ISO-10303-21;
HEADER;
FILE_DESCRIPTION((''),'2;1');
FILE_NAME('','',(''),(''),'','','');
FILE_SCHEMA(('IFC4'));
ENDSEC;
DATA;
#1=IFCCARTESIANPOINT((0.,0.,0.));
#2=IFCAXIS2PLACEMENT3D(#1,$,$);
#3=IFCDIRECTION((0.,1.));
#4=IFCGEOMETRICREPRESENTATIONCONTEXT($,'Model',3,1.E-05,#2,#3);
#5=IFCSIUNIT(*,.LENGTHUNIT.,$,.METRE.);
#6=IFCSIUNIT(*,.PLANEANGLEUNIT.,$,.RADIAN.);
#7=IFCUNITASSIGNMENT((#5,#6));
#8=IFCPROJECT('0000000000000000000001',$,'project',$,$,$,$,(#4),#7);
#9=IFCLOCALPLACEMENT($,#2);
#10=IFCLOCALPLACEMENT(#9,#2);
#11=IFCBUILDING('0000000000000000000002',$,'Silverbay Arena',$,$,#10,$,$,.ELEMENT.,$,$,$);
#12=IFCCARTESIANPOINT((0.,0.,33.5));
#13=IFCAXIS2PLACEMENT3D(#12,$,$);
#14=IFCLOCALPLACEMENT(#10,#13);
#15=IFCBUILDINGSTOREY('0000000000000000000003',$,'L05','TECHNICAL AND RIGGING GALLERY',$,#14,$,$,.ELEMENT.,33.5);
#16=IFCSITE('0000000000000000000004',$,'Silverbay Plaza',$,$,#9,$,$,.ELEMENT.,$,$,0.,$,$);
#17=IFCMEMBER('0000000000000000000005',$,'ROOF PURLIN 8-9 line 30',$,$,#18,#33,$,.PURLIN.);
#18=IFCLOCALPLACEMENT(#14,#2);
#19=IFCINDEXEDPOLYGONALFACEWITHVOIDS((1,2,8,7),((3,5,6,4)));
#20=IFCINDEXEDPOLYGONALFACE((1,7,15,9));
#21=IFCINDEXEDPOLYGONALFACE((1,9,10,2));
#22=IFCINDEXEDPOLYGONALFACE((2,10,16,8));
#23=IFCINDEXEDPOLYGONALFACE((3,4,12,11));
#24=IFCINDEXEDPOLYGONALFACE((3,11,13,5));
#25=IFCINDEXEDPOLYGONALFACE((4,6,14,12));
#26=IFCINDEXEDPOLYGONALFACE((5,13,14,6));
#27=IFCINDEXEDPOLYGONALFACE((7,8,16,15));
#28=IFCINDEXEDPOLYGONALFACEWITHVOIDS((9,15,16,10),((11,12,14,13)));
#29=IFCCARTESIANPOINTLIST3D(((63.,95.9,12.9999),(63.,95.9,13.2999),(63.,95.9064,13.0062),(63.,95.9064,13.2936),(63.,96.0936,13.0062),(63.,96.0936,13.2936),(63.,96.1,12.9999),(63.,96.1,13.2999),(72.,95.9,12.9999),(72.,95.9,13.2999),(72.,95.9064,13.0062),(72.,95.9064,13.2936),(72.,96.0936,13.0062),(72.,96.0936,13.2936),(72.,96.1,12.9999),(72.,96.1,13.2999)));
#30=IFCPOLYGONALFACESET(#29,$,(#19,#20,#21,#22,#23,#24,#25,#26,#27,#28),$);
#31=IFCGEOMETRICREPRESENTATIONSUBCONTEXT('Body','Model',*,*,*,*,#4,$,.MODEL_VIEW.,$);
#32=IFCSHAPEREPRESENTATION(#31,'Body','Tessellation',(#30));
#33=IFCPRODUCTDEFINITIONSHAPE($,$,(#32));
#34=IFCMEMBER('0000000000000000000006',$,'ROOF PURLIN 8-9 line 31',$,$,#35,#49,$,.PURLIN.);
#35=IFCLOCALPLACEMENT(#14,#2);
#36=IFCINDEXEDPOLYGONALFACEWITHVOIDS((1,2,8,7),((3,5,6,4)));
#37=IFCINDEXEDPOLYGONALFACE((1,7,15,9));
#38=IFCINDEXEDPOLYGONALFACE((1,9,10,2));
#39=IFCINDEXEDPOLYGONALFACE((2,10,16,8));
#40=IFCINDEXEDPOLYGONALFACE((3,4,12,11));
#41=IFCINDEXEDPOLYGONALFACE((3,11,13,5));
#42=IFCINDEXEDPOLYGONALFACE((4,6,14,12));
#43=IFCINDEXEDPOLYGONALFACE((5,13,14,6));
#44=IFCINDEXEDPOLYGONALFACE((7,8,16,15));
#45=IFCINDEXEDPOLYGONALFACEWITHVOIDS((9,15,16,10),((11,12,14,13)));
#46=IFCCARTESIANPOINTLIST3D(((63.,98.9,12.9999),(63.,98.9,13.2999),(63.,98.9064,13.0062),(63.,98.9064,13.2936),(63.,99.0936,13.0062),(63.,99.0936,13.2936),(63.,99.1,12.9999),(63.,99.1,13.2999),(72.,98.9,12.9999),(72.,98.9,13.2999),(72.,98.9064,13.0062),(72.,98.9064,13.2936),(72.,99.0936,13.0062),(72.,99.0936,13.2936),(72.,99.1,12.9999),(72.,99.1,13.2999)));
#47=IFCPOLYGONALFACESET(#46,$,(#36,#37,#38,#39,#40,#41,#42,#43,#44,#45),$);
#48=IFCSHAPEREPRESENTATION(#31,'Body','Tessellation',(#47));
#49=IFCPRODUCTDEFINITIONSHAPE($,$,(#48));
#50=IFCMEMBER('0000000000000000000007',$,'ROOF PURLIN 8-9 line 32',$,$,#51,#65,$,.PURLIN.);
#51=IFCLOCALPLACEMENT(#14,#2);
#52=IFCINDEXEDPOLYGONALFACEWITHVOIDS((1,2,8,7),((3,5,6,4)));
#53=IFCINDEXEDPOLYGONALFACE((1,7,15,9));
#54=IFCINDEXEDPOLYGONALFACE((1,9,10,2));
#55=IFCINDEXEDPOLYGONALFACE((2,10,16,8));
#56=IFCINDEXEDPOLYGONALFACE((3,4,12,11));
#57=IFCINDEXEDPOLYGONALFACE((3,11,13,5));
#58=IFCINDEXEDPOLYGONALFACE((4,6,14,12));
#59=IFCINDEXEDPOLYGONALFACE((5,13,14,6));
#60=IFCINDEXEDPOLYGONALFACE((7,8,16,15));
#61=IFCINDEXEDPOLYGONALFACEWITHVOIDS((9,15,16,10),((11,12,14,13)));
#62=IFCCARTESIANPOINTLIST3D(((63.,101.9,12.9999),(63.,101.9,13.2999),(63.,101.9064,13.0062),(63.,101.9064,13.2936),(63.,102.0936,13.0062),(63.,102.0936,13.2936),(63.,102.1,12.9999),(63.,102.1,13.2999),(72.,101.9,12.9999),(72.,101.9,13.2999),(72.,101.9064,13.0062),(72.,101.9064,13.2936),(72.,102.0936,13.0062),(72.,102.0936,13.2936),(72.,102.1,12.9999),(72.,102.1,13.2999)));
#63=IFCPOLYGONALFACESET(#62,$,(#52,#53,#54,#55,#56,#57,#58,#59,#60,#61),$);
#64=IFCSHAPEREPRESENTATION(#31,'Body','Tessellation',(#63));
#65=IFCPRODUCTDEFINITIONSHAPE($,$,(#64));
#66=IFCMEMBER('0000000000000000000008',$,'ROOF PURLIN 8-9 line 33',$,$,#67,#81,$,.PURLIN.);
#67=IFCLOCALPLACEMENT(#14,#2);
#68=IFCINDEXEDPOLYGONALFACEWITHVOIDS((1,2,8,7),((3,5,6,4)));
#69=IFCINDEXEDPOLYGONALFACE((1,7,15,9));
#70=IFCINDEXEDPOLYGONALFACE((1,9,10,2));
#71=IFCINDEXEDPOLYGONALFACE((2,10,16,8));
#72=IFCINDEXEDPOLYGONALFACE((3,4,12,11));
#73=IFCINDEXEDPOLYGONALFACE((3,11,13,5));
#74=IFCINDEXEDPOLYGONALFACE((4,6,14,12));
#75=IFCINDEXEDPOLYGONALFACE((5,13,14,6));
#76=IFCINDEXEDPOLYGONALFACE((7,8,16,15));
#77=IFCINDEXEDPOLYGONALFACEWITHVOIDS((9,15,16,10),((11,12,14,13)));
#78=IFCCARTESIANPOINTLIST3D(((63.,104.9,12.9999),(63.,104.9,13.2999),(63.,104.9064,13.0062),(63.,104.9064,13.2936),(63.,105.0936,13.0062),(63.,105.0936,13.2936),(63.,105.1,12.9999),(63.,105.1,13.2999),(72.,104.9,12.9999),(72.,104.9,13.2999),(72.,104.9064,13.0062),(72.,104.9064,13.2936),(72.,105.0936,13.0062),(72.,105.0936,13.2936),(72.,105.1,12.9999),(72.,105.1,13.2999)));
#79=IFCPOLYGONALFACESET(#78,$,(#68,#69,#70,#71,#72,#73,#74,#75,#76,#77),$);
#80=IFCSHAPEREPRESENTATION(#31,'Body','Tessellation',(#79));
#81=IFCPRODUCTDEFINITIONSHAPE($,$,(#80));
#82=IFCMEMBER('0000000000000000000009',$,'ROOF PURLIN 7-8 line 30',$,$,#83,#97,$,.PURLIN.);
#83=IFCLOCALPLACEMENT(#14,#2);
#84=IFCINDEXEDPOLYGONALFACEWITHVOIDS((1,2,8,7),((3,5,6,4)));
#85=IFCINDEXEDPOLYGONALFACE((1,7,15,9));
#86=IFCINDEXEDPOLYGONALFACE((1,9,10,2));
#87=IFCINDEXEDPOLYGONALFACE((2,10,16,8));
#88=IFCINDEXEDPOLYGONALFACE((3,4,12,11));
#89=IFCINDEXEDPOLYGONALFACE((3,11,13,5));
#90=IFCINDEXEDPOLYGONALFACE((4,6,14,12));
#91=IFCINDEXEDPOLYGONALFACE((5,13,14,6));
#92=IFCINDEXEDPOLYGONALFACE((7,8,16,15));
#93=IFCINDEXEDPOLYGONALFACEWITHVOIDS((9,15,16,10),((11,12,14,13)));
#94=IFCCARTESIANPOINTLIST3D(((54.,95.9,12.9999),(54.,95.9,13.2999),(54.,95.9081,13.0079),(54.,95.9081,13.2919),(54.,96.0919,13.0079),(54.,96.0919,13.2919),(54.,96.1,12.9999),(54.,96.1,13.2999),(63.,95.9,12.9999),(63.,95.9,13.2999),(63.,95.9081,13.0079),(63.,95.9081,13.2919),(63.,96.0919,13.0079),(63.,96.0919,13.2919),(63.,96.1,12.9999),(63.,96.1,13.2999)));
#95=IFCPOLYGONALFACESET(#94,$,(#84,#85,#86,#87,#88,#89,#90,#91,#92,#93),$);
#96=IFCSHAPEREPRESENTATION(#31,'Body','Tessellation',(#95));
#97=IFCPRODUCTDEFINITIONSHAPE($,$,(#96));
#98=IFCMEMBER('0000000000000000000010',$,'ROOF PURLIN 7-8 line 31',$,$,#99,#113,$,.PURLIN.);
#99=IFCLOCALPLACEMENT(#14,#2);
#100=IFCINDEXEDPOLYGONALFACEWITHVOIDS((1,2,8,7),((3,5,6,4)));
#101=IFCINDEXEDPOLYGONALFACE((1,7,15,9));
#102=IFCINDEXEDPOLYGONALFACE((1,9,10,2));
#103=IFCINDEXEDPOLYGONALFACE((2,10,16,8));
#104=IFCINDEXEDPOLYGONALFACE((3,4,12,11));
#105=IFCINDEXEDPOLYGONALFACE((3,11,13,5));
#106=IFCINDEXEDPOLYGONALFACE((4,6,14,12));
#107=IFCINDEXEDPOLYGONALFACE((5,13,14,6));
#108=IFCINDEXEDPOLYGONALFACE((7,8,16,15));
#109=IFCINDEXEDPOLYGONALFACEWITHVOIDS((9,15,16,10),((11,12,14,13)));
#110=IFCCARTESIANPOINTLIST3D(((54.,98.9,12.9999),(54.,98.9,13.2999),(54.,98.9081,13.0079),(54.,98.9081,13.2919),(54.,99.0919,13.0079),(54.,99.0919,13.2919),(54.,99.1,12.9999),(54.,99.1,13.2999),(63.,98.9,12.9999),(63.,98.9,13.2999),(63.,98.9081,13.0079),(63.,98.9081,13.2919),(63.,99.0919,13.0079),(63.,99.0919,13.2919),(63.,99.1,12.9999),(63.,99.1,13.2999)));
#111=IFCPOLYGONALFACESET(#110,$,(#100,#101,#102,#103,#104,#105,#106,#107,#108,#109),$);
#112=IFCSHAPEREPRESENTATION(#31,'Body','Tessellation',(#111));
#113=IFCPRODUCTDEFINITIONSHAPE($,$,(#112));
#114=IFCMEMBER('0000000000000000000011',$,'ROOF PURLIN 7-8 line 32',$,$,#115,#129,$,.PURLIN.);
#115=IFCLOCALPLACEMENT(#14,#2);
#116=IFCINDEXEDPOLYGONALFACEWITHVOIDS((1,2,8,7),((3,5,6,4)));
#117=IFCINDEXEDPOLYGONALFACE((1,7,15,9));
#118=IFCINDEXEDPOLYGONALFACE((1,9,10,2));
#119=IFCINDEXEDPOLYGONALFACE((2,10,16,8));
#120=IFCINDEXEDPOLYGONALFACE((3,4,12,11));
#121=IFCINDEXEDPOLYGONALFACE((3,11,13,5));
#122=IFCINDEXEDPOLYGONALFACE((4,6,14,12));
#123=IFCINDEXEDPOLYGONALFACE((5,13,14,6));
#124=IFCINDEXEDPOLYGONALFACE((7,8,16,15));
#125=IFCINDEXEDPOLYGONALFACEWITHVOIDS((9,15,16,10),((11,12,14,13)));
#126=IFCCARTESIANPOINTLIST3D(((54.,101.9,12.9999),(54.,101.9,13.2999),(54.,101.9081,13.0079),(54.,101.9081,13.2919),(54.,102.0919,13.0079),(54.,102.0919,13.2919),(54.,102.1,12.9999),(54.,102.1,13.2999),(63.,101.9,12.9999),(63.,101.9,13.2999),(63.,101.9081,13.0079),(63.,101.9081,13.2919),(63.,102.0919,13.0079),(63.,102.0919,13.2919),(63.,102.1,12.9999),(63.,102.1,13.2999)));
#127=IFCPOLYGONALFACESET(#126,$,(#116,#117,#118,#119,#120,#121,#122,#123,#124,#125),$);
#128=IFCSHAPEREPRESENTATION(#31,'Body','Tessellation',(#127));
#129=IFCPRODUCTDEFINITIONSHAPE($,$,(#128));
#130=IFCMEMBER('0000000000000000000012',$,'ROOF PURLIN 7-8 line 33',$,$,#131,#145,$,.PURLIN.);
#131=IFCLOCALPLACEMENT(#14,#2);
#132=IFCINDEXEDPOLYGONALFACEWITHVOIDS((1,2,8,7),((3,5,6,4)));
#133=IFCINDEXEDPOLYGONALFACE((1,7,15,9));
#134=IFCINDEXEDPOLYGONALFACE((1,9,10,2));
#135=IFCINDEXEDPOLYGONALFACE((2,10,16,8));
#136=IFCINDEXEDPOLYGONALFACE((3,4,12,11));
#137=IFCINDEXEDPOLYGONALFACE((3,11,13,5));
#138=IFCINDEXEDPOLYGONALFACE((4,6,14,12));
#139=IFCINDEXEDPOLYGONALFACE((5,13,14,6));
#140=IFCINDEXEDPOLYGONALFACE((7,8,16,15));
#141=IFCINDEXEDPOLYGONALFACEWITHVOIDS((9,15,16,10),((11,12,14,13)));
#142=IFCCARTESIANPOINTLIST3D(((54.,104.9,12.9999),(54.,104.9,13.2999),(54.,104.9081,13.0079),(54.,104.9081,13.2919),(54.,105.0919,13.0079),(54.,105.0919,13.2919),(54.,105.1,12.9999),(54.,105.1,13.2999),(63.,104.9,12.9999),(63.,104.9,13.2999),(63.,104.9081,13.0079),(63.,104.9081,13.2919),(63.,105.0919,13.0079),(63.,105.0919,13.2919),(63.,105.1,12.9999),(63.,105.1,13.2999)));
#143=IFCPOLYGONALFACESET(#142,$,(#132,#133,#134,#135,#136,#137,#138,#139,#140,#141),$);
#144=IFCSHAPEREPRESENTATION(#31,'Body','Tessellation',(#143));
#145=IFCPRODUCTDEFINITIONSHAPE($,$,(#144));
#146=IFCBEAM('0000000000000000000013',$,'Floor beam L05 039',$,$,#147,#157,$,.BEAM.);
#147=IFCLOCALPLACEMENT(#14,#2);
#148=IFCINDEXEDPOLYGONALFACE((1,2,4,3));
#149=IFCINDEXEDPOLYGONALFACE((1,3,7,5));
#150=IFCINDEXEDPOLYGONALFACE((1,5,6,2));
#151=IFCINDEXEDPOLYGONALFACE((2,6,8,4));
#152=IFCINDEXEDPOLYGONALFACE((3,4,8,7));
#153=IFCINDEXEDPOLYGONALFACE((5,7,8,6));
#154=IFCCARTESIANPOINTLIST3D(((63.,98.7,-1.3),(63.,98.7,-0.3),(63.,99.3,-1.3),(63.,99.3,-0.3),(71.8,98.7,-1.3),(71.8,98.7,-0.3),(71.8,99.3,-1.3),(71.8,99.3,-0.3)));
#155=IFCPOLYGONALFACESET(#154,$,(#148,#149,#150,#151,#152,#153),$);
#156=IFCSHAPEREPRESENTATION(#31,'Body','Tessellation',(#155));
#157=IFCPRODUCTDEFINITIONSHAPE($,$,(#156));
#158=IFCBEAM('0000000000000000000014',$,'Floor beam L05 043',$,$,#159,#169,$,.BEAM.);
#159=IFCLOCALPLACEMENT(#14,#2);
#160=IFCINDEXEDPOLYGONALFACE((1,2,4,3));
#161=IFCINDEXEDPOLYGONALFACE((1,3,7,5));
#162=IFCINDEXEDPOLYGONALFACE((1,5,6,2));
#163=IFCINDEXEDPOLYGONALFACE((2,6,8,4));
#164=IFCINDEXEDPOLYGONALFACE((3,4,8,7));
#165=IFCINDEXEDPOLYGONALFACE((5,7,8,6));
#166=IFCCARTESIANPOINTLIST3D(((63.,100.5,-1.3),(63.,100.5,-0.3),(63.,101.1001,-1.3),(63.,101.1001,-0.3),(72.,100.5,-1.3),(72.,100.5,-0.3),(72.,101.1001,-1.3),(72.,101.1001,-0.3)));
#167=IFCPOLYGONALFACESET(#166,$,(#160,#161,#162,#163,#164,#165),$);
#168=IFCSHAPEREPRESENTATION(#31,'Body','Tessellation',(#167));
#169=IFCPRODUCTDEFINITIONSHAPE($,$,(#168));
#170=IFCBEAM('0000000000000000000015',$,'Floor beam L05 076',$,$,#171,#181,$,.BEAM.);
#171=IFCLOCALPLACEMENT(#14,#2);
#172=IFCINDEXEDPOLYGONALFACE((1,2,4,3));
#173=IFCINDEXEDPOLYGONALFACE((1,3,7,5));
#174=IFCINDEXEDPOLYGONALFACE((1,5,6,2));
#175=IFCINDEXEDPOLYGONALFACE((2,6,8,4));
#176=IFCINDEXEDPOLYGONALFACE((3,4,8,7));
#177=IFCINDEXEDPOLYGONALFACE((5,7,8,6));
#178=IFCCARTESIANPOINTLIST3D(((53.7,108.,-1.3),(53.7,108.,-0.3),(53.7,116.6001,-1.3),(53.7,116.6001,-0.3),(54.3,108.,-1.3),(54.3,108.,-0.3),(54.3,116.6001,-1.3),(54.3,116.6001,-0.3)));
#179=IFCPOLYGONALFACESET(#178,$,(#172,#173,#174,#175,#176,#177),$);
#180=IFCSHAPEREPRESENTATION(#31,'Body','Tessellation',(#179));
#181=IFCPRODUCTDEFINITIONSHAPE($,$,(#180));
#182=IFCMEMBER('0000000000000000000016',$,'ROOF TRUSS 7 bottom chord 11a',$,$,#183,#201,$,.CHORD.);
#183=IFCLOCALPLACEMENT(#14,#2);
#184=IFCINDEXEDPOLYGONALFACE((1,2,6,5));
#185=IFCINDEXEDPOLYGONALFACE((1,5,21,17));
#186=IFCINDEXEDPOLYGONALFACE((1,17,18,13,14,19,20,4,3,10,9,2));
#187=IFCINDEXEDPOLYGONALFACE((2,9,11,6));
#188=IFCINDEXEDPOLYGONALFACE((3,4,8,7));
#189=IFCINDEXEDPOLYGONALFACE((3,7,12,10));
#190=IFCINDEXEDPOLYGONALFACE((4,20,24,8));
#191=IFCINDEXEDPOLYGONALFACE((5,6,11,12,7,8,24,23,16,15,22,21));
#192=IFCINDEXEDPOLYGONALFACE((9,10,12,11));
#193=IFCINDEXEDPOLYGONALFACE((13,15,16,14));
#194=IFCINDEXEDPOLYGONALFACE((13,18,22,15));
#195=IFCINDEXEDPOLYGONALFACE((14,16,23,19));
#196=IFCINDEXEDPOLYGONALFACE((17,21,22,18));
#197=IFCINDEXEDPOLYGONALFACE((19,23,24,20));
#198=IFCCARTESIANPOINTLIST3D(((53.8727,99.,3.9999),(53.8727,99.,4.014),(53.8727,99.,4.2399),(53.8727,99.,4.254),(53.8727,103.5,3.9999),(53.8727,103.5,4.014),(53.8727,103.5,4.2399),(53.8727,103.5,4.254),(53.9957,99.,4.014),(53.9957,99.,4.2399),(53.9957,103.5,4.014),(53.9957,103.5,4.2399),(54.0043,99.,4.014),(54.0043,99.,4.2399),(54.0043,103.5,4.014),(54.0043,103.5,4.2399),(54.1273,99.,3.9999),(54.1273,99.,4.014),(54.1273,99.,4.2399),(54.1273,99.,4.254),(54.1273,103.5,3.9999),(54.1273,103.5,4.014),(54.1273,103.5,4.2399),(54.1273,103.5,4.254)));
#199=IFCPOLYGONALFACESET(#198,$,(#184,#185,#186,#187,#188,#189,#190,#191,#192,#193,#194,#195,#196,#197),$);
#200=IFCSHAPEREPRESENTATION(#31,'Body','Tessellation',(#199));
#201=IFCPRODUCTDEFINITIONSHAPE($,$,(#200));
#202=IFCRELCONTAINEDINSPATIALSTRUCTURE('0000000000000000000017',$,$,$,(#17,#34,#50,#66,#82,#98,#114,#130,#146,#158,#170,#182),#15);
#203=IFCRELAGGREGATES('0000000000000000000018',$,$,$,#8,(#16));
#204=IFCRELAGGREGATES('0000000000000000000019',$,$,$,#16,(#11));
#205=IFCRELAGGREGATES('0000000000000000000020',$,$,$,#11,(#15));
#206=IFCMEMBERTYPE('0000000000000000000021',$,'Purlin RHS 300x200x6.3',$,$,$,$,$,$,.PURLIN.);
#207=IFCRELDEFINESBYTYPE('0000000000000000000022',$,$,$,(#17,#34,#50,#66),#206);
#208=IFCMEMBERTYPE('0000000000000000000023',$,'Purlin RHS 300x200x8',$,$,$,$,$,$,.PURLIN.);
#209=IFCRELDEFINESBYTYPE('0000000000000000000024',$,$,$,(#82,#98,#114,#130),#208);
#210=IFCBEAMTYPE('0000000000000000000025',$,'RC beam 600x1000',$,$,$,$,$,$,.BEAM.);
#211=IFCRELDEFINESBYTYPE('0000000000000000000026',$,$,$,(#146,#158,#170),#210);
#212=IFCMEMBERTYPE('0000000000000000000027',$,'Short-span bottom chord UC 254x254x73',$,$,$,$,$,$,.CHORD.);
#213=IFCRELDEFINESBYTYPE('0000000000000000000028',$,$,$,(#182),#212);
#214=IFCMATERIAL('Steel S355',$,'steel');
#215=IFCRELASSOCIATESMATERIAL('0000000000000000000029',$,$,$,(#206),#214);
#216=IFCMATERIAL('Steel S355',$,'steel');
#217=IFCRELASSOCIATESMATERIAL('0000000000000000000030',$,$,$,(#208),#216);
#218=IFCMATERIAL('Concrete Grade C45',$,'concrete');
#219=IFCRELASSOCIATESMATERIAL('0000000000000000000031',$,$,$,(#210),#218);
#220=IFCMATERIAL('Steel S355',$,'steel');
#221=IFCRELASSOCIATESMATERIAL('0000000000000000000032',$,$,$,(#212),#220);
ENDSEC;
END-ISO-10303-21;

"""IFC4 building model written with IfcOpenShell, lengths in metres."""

from ifc_helpers import new_model, si_unit, direction, frame, origin, origin_2d, place, context, subcontext, project, spatial, rectangle, hollow_rectangle, i_section, extrude, material, material_profile, profile_set, type_object, element, save


model = new_model("IFC4")

# Units and contexts
model_context = context("Model", 3, precision=1e-05, world=origin(), true_north=direction((0.0, 1.0)))
body_context = subcontext(model_context, "Body", "Model", "MODEL_VIEW")
ifc_project = project(units=[si_unit("LENGTHUNIT", "METRE"), si_unit("PLANEANGLEUNIT", "RADIAN")], contexts=[model_context])

# Site, building, storey
site_placement = place(None, origin())
site = spatial("IfcSite", under=ifc_project, at=site_placement, Name="Silverbay Plaza", CompositionType="ELEMENT", RefElevation=0.0)
building_placement = place(site_placement, origin())
building = spatial("IfcBuilding", under=site, at=building_placement, Name="Silverbay Arena", CompositionType="ELEMENT")
storey_placement = place(building_placement, frame((0.0, 0.0, 33.5)))
storey = spatial("IfcBuildingStorey", under=building, at=storey_placement, Name="L05", Description="TECHNICAL AND RIGGING GALLERY", CompositionType="ELEMENT", Elevation=33.5)

# Members
ifc_material_1 = material(Name="Steel S355", Category="steel")
ifc_material_profile_1 = material_profile(ifc_material_1, hollow_rectangle(XDim=0.2, YDim=0.3, WallThickness=0.0063, at=origin_2d()), Name="RHS 300x200x6.3")
ifc_profile_set_1 = profile_set([ifc_material_profile_1], Name="Steel S355")
member_type_1 = type_object("IfcMemberType", Name="Purlin RHS 300x200x6.3", PredefinedType="PURLIN", material=ifc_profile_set_1)
for number, where, z_axis, x_axis, name in (
    (1, (63.0, 96.0, 13.1499), (1.0, 0.0, 0.0), (0.0, 1.0, 0.0), "ROOF PURLIN 8-9 line 30"),
    (2, (63.0, 99.0, 13.1499), (1.0, 0.0, 0.0), (0.0, 1.0, 0.0), "ROOF PURLIN 8-9 line 31"),
    (3, (63.0, 102.0, 13.1499), (1.0, 0.0, 0.0), (0.0, 1.0, 0.0), "ROOF PURLIN 8-9 line 32"),
    (4, (63.0, 105.0, 13.1499), (1.0, 0.0, 0.0), (0.0, 1.0, 0.0), "ROOF PURLIN 8-9 line 33"),
):
    element("IfcMember", number, at=place(storey_placement, frame(where, z_axis=z_axis, x_axis=x_axis)), inside=storey, type_object=member_type_1, Name=name, PredefinedType="PURLIN", context=body_context, shape_type="SweptSolid", body=[
        extrude(hollow_rectangle(XDim=0.2, YDim=0.3, WallThickness=0.0063, at=origin_2d()), origin(), (0.0, 0.0, 1.0), 9.0),
    ])
ifc_material_2 = material(Name="Steel S355", Category="steel")
ifc_material_profile_2 = material_profile(ifc_material_2, hollow_rectangle(XDim=0.2, YDim=0.3, WallThickness=0.0081, at=origin_2d()), Name="RHS 300x200x8")
ifc_profile_set_2 = profile_set([ifc_material_profile_2], Name="Steel S355")
member_type_2 = type_object("IfcMemberType", Name="Purlin RHS 300x200x8", PredefinedType="PURLIN", material=ifc_profile_set_2)
for number, where, z_axis, x_axis, name in (
    (5, (54.0, 96.0, 13.1499), (1.0, 0.0, 0.0), (0.0, 1.0, 0.0), "ROOF PURLIN 7-8 line 30"),
    (6, (54.0, 99.0, 13.1499), (1.0, 0.0, 0.0), (0.0, 1.0, 0.0), "ROOF PURLIN 7-8 line 31"),
    (7, (54.0, 102.0, 13.1499), (1.0, 0.0, 0.0), (0.0, 1.0, 0.0), "ROOF PURLIN 7-8 line 32"),
    (8, (54.0, 105.0, 13.1499), (1.0, 0.0, 0.0), (0.0, 1.0, 0.0), "ROOF PURLIN 7-8 line 33"),
):
    element("IfcMember", number, at=place(storey_placement, frame(where, z_axis=z_axis, x_axis=x_axis)), inside=storey, type_object=member_type_2, Name=name, PredefinedType="PURLIN", context=body_context, shape_type="SweptSolid", body=[
        extrude(hollow_rectangle(XDim=0.2, YDim=0.3, WallThickness=0.0081, at=origin_2d()), origin(), (0.0, 0.0, 1.0), 9.0),
    ])

# Beams
ifc_material_3 = material(Name="Concrete Grade C45", Category="concrete")
ifc_material_profile_3 = material_profile(ifc_material_3, rectangle(XDim=0.6001, YDim=1.0, at=origin_2d()), Name="RC 600x1000")
ifc_profile_set_3 = profile_set([ifc_material_profile_3], Name="Concrete Grade C45")
beam_type = type_object("IfcBeamType", Name="RC beam 600x1000", PredefinedType="BEAM", material=ifc_profile_set_3)
beam_1_placement = place(storey_placement, frame((63.0, 99.0, -0.8), z_axis=(1.0, 0.0, 0.0), x_axis=(0.0, 1.0, 0.0)))
element("IfcBeam", 9, at=beam_1_placement, inside=storey, type_object=beam_type, Name="Floor beam L05 039", PredefinedType="BEAM", context=body_context, shape_type="SweptSolid", body=[
    extrude(rectangle(XDim=0.6001, YDim=1.0, at=origin_2d()), origin(), (0.0, 0.0, 1.0), 8.8),
])
beam_2_placement = place(storey_placement, frame((63.0, 100.8, -0.8), z_axis=(1.0, 0.0, 0.0), x_axis=(0.0, 1.0, 0.0)))
element("IfcBeam", 10, at=beam_2_placement, inside=storey, type_object=beam_type, Name="Floor beam L05 043", PredefinedType="BEAM", context=body_context, shape_type="SweptSolid", body=[
    extrude(rectangle(XDim=0.6001, YDim=1.0, at=origin_2d()), origin(), (0.0, 0.0, 1.0), 9.0),
])
beam_3_placement = place(storey_placement, frame((54.0, 108.0, -0.8), z_axis=(0.0, 1.0, 0.0), x_axis=(-1.0, 0.0, 0.0)))
element("IfcBeam", 11, at=beam_3_placement, inside=storey, type_object=beam_type, Name="Floor beam L05 076", PredefinedType="BEAM", context=body_context, shape_type="SweptSolid", body=[
    extrude(rectangle(XDim=0.6001, YDim=1.0, at=origin_2d()), origin(), (0.0, 0.0, 1.0), 8.6001),
])

# Member
ifc_material_4 = material(Name="Steel S355", Category="steel")
ifc_material_profile_4 = material_profile(ifc_material_4, i_section(OverallWidth=0.2546, OverallDepth=0.2542, WebThickness=0.0085, FlangeThickness=0.0142, at=origin_2d()), Name="UC 254x254x73")
ifc_profile_set_4 = profile_set([ifc_material_profile_4], Name="Steel S355")
member_type_3 = type_object("IfcMemberType", Name="Short-span bottom chord UC 254x254x73", PredefinedType="CHORD", material=ifc_profile_set_4)
for number, where, z_axis, x_axis, name in (
    (12, (54.0, 99.0, 4.127), (0.0, 1.0, 0.0), (-1.0, 0.0, 0.0), "ROOF TRUSS 7 bottom chord 11a"),
):
    element("IfcMember", number, at=place(storey_placement, frame(where, z_axis=z_axis, x_axis=x_axis)), inside=storey, type_object=member_type_3, Name=name, PredefinedType="CHORD", context=body_context, shape_type="SweptSolid", body=[
        extrude(i_section(OverallWidth=0.2546, OverallDepth=0.2542, WebThickness=0.0085, FlangeThickness=0.0142, at=origin_2d()), origin(), (0.0, 0.0, 1.0), 4.5),
    ])

save(model, "model.ifc")
